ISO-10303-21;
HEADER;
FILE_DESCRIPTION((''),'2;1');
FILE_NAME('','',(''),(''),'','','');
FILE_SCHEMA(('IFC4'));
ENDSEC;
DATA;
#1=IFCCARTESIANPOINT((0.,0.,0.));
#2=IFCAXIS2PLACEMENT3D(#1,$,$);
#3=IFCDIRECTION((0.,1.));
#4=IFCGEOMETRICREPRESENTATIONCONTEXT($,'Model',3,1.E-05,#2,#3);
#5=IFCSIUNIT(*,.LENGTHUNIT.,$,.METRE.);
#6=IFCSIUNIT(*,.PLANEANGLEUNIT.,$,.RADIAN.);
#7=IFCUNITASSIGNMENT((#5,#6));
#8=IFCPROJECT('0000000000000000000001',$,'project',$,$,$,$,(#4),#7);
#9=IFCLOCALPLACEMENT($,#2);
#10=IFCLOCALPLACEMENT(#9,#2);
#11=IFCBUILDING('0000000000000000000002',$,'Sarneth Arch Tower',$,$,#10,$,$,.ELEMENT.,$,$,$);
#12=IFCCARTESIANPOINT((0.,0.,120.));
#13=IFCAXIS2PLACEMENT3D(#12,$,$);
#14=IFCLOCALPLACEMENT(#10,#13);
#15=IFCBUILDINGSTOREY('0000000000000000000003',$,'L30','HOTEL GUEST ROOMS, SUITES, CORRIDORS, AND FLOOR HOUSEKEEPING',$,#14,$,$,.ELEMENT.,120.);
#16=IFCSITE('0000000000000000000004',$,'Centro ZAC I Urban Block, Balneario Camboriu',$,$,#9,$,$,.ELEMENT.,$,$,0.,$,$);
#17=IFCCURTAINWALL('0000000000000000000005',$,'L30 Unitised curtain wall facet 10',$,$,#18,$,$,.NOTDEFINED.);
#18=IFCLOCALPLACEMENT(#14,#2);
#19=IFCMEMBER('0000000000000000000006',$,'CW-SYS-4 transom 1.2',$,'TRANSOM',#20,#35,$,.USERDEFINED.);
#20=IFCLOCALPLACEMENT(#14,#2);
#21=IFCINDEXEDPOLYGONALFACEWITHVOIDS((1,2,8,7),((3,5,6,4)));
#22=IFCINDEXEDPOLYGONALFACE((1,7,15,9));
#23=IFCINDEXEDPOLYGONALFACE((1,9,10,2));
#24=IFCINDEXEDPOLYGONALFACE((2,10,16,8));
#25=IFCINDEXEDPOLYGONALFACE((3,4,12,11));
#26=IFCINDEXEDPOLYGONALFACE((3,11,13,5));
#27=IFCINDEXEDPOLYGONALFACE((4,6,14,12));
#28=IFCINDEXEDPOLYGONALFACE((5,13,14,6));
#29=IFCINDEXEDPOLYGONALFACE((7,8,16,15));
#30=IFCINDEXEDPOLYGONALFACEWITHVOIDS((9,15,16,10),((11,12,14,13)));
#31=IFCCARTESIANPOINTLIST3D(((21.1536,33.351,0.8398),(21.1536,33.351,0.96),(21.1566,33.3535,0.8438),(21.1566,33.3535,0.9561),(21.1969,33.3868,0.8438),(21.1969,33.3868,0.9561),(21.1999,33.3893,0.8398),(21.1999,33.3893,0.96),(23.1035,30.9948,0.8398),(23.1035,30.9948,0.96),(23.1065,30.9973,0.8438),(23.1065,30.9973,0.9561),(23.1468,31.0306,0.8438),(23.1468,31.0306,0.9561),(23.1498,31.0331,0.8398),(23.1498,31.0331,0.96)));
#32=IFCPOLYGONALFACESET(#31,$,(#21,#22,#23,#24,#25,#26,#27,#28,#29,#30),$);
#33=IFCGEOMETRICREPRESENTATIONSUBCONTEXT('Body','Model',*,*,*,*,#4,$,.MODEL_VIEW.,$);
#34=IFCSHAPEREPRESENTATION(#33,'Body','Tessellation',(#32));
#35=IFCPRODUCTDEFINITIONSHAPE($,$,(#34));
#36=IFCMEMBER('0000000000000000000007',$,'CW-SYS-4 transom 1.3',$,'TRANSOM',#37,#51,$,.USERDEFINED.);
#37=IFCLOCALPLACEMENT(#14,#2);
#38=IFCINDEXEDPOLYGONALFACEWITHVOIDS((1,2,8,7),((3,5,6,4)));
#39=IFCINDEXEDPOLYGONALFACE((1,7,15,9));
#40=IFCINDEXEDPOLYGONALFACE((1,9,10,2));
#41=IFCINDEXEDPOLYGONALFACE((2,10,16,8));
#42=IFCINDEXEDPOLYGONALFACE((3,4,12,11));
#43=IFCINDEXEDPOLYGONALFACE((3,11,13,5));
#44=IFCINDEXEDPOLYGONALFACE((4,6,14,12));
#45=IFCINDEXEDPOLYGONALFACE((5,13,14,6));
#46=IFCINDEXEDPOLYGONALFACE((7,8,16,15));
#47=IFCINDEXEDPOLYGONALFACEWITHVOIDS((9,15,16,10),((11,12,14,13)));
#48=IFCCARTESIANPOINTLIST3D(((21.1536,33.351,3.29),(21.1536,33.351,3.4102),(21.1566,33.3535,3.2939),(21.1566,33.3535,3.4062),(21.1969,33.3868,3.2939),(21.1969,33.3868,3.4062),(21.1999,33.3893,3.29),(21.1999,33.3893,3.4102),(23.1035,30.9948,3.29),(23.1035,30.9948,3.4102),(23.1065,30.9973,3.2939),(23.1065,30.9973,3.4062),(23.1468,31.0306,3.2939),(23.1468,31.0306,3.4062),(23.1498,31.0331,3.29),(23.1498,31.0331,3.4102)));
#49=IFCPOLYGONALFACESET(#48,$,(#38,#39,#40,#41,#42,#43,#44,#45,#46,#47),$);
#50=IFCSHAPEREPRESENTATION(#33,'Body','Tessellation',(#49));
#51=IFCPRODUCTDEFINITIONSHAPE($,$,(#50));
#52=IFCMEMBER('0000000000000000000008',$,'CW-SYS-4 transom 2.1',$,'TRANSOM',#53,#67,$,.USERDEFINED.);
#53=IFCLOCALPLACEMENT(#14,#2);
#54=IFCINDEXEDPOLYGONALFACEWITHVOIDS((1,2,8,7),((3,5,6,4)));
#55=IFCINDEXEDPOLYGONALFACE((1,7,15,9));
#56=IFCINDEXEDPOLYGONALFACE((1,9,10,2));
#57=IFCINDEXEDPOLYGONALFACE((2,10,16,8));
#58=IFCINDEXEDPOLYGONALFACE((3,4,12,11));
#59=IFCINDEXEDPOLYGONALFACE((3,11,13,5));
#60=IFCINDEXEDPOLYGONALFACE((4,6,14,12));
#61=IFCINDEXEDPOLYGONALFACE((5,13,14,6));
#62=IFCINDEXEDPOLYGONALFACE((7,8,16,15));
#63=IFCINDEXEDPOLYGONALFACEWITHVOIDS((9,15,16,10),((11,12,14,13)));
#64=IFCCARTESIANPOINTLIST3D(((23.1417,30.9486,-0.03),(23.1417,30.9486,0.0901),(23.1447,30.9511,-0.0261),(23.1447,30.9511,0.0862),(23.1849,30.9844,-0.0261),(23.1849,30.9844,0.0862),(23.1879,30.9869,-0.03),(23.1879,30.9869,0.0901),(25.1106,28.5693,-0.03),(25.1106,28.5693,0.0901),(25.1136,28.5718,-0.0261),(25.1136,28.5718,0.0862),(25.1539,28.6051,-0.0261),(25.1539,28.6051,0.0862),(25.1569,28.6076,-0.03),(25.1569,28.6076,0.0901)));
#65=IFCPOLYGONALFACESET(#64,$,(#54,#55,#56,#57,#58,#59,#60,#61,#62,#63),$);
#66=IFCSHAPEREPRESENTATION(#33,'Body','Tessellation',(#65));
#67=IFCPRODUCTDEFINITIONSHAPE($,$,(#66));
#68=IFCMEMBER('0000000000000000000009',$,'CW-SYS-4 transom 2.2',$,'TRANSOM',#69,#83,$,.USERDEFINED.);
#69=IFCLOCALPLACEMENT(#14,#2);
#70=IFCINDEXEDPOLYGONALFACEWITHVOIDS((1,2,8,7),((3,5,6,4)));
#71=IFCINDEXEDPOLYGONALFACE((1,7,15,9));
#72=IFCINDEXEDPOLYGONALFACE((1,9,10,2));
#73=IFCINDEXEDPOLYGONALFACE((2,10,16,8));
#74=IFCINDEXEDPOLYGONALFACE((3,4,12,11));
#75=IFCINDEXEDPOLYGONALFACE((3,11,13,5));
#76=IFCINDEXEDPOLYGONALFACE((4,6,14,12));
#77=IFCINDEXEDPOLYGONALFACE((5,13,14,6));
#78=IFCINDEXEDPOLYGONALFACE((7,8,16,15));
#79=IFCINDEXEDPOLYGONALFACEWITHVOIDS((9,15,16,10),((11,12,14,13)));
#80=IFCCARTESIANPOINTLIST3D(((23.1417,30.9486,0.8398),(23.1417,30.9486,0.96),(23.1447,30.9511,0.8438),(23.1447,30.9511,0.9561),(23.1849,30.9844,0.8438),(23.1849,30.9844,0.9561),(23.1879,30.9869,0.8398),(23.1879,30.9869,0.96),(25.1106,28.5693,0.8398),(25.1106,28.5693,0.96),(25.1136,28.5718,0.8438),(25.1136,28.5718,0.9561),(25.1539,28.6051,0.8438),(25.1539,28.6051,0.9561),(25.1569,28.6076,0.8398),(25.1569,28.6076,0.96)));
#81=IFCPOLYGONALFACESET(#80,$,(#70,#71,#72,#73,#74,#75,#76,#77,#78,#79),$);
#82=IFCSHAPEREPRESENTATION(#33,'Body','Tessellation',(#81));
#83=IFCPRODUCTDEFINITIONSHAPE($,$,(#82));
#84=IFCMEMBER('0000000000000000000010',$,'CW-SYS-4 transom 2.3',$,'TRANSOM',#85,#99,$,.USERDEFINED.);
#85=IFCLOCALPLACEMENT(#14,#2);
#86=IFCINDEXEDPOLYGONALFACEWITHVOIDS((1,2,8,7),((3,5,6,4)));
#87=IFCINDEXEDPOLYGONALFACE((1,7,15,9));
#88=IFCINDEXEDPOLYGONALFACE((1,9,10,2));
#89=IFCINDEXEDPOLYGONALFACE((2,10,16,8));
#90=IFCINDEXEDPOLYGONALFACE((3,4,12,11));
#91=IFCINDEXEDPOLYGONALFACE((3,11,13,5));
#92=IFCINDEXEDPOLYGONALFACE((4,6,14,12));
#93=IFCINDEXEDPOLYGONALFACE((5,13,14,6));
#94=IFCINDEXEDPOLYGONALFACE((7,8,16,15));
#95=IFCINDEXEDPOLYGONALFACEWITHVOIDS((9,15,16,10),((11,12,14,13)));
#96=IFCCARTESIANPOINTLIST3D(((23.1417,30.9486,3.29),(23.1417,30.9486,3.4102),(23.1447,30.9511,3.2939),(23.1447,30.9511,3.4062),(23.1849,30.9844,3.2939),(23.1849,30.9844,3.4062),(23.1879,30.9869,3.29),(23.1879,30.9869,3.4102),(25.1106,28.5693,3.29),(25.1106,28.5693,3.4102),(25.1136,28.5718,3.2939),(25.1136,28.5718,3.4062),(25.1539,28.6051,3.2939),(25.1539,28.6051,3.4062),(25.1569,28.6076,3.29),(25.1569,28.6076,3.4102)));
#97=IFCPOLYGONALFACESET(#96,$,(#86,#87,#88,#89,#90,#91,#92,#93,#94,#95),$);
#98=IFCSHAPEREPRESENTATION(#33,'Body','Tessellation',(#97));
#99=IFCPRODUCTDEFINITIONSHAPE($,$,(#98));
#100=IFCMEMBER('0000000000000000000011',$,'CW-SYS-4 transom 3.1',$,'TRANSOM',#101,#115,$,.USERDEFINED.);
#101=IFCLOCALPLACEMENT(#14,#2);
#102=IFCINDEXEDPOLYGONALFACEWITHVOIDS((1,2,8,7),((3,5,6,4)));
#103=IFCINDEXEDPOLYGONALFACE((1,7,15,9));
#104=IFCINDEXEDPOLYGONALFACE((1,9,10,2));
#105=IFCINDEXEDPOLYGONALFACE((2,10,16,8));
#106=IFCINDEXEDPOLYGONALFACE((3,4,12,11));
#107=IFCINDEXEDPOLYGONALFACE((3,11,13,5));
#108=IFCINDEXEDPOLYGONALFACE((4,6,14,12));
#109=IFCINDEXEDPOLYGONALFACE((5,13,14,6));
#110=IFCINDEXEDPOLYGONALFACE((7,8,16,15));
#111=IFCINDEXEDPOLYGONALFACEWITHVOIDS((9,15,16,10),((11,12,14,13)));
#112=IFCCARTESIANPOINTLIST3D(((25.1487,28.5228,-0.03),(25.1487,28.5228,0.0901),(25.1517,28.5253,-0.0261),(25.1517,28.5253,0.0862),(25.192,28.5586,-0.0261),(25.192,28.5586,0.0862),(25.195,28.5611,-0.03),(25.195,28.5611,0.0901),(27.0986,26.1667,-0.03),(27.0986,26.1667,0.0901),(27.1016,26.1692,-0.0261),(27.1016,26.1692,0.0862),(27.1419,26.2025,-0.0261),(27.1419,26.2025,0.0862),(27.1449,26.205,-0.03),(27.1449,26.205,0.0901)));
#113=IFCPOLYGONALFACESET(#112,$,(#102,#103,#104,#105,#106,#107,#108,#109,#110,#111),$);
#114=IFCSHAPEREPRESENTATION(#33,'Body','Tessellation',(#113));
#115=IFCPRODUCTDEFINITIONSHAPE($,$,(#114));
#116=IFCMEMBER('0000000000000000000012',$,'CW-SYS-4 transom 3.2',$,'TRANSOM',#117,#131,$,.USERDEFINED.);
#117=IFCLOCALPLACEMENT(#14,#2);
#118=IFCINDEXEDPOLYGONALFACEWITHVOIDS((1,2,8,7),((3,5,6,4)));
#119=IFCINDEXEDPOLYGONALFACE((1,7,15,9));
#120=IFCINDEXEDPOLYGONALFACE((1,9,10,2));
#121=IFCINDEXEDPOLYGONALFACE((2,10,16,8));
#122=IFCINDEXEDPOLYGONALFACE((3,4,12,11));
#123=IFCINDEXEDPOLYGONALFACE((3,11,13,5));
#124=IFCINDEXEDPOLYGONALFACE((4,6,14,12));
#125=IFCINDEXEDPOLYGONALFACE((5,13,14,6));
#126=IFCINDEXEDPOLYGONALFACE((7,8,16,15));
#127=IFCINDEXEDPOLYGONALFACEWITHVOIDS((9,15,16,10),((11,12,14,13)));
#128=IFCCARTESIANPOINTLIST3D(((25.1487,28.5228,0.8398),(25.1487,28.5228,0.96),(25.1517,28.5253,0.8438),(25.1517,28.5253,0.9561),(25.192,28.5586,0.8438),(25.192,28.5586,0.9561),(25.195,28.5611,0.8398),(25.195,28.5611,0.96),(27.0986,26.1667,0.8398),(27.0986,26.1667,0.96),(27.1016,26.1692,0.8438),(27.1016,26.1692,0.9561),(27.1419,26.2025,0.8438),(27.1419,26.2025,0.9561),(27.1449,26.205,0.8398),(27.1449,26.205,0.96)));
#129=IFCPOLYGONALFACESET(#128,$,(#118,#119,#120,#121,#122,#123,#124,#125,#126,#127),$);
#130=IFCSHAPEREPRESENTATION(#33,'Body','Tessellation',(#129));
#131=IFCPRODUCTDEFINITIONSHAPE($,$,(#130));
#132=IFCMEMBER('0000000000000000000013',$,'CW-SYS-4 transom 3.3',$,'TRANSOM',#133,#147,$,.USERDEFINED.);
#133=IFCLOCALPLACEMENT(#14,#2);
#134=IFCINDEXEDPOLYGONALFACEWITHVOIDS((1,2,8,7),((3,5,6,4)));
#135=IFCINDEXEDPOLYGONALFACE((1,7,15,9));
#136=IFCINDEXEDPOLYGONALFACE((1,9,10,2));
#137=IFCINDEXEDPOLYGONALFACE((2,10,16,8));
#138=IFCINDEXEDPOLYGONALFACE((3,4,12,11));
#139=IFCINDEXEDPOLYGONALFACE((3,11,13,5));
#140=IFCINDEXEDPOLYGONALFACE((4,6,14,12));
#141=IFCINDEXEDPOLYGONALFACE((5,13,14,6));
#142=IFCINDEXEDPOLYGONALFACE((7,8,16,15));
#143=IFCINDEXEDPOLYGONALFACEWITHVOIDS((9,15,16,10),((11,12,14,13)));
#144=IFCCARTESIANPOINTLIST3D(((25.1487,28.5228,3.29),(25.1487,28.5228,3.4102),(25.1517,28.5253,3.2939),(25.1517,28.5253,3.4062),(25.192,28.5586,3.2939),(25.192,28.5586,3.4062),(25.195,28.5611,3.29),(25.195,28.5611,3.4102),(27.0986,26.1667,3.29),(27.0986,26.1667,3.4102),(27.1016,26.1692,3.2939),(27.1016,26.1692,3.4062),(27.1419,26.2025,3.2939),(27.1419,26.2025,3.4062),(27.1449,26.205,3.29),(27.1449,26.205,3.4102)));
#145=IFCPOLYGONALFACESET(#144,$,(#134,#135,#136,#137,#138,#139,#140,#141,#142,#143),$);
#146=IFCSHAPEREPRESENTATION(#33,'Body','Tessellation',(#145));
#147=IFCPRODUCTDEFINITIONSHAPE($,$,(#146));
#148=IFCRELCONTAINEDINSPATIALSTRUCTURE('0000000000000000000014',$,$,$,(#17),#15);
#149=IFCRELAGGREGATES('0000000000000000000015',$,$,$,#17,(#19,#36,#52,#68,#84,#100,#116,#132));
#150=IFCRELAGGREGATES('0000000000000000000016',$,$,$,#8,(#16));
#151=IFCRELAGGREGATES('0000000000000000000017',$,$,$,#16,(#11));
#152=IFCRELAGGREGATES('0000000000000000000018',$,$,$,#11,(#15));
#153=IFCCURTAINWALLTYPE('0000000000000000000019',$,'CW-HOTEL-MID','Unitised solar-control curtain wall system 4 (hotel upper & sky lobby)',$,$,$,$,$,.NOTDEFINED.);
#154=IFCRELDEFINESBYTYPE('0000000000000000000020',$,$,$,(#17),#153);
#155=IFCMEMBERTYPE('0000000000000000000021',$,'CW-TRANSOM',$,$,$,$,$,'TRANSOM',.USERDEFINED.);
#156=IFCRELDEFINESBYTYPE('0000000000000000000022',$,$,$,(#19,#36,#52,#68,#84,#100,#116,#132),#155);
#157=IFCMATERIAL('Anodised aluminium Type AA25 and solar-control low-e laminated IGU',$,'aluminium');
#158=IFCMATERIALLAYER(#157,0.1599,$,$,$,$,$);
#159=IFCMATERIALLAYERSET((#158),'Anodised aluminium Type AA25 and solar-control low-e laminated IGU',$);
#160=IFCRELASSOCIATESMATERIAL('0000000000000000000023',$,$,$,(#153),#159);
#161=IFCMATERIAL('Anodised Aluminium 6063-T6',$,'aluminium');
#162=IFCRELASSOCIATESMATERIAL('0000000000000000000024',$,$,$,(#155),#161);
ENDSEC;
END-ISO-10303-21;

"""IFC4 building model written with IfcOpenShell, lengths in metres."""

from ifc_helpers import new_model, si_unit, direction, frame, origin, origin_2d, place, context, subcontext, project, spatial, hollow_rectangle, extrude, material, layer, layer_set, material_profile, profile_set, type_object, element, aggregate, save


model = new_model("IFC4")

# Units and contexts
model_context = context("Model", 3, precision=1e-05, world=origin(), true_north=direction((0.0, 1.0)))
body_context = subcontext(model_context, "Body", "Model", "MODEL_VIEW")
ifc_project = project(units=[si_unit("LENGTHUNIT", "METRE"), si_unit("PLANEANGLEUNIT", "RADIAN")], contexts=[model_context])

# Site, building, storey
site_placement = place(None, origin())
site = spatial("IfcSite", under=ifc_project, at=site_placement, Name="Centro ZAC I Urban Block, Balneario Camboriu", CompositionType="ELEMENT", RefElevation=0.0)
building_placement = place(site_placement, origin())
building = spatial("IfcBuilding", under=site, at=building_placement, Name="Sarneth Arch Tower", CompositionType="ELEMENT")
storey_placement = place(building_placement, frame((0.0, 0.0, 120.0)))
storey = spatial("IfcBuildingStorey", under=building, at=storey_placement, Name="L30", Description="HOTEL GUEST ROOMS, SUITES, CORRIDORS, AND FLOOR HOUSEKEEPING", CompositionType="ELEMENT", Elevation=120.0)

# Curtain wall, members
ifc_material_1 = material(Name="Anodised aluminium Type AA25 and solar-control low-e laminated IGU", Category="aluminium")
ifc_layer_1 = layer(ifc_material_1, 0.1599)
ifc_layer_set_1 = layer_set([ifc_layer_1], Name="Anodised aluminium Type AA25 and solar-control low-e laminated IGU")
curtain_wall_type = type_object("IfcCurtainWallType", Name="CW-HOTEL-MID", Description="Unitised solar-control curtain wall system 4 (hotel upper & sky lobby)", PredefinedType="NOTDEFINED", material=ifc_layer_set_1)
curtain_wall_placement = place(storey_placement, origin())
curtain_wall = element("IfcCurtainWall", 1, at=curtain_wall_placement, inside=storey, type_object=curtain_wall_type, Name="L30 Unitised curtain wall facet 10", PredefinedType="NOTDEFINED")
ifc_material_2 = material(Name="Anodised Aluminium 6063-T6", Category="aluminium")
ifc_material_profile_1 = material_profile(ifc_material_2, hollow_rectangle(XDim=0.0601, YDim=0.1201, WallThickness=0.0039, at=origin_2d()), Name="AL-TRAN-120x60x4")
ifc_profile_set_1 = profile_set([ifc_material_profile_1], Name="Anodised Aluminium 6063-T6")
member_type_1 = type_object("IfcMemberType", Name="CW-TRANSOM", ElementType="TRANSOM", PredefinedType="USERDEFINED", material=ifc_profile_set_1)
member_1_placement = place(storey_placement, frame((21.1768, 33.3701, 0.8999), z_axis=(0.637566, -0.770396, 0.0), x_axis=(0.770396, 0.637566, 0.0)))
member_1 = element("IfcMember", 2, at=member_1_placement, type_object=member_type_1, Name="CW-SYS-4 transom 1.2", ObjectType="TRANSOM", PredefinedType="USERDEFINED", context=body_context, shape_type="SweptSolid", body=[
    extrude(hollow_rectangle(XDim=0.0601, YDim=0.1201, WallThickness=0.0039, at=origin_2d()), origin(), (0.0, 0.0, 1.0), 3.0583),
])
member_2_placement = place(storey_placement, frame((21.1768, 33.3701, 3.3501), z_axis=(0.637566, -0.770396, 0.0), x_axis=(0.770396, 0.637566, 0.0)))
member_2 = element("IfcMember", 3, at=member_2_placement, type_object=member_type_1, Name="CW-SYS-4 transom 1.3", ObjectType="TRANSOM", PredefinedType="USERDEFINED", context=body_context, shape_type="SweptSolid", body=[
    extrude(hollow_rectangle(XDim=0.0601, YDim=0.1201, WallThickness=0.0039, at=origin_2d()), origin(), (0.0, 0.0, 1.0), 3.0583),
])
member_3_placement = place(storey_placement, frame((23.1648, 30.9678, 0.03), z_axis=(0.637537, -0.77042, 0.0), x_axis=(0.77042, 0.637537, 0.0)))
member_3 = element("IfcMember", 4, at=member_3_placement, type_object=member_type_1, Name="CW-SYS-4 transom 2.1", ObjectType="TRANSOM", PredefinedType="USERDEFINED", context=body_context, shape_type="SweptSolid", body=[
    extrude(hollow_rectangle(XDim=0.0601, YDim=0.1201, WallThickness=0.0039, at=origin_2d()), origin(), (0.0, 0.0, 1.0), 3.0884),
])
member_4_placement = place(storey_placement, frame((23.1648, 30.9678, 0.8999), z_axis=(0.637537, -0.77042, 0.0), x_axis=(0.77042, 0.637537, 0.0)))
member_4 = element("IfcMember", 5, at=member_4_placement, type_object=member_type_1, Name="CW-SYS-4 transom 2.2", ObjectType="TRANSOM", PredefinedType="USERDEFINED", context=body_context, shape_type="SweptSolid", body=[
    extrude(hollow_rectangle(XDim=0.0601, YDim=0.1201, WallThickness=0.0039, at=origin_2d()), origin(), (0.0, 0.0, 1.0), 3.0884),
])
member_5_placement = place(storey_placement, frame((23.1648, 30.9678, 3.3501), z_axis=(0.637537, -0.77042, 0.0), x_axis=(0.77042, 0.637537, 0.0)))
member_5 = element("IfcMember", 6, at=member_5_placement, type_object=member_type_1, Name="CW-SYS-4 transom 2.3", ObjectType="TRANSOM", PredefinedType="USERDEFINED", context=body_context, shape_type="SweptSolid", body=[
    extrude(hollow_rectangle(XDim=0.0601, YDim=0.1201, WallThickness=0.0039, at=origin_2d()), origin(), (0.0, 0.0, 1.0), 3.0884),
])
member_6_placement = place(storey_placement, frame((25.1719, 28.542, 0.03), z_axis=(0.637566, -0.770396, 0.0), x_axis=(0.770396, 0.637566, 0.0)))
member_6 = element("IfcMember", 7, at=member_6_placement, type_object=member_type_1, Name="CW-SYS-4 transom 3.1", ObjectType="TRANSOM", PredefinedType="USERDEFINED", context=body_context, shape_type="SweptSolid", body=[
    extrude(hollow_rectangle(XDim=0.0601, YDim=0.1201, WallThickness=0.0039, at=origin_2d()), origin(), (0.0, 0.0, 1.0), 3.0583),
])
member_7_placement = place(storey_placement, frame((25.1719, 28.542, 0.8999), z_axis=(0.637566, -0.770396, 0.0), x_axis=(0.770396, 0.637566, 0.0)))
member_7 = element("IfcMember", 8, at=member_7_placement, type_object=member_type_1, Name="CW-SYS-4 transom 3.2", ObjectType="TRANSOM", PredefinedType="USERDEFINED", context=body_context, shape_type="SweptSolid", body=[
    extrude(hollow_rectangle(XDim=0.0601, YDim=0.1201, WallThickness=0.0039, at=origin_2d()), origin(), (0.0, 0.0, 1.0), 3.0583),
])
member_8_placement = place(storey_placement, frame((25.1719, 28.542, 3.3501), z_axis=(0.637566, -0.770396, 0.0), x_axis=(0.770396, 0.637566, 0.0)))
member_8 = element("IfcMember", 9, at=member_8_placement, type_object=member_type_1, Name="CW-SYS-4 transom 3.3", ObjectType="TRANSOM", PredefinedType="USERDEFINED", context=body_context, shape_type="SweptSolid", body=[
    extrude(hollow_rectangle(XDim=0.0601, YDim=0.1201, WallThickness=0.0039, at=origin_2d()), origin(), (0.0, 0.0, 1.0), 3.0583),
])

aggregate(curtain_wall, [member_1, member_2, member_3, member_4, member_5, member_6, member_7, member_8])

save(model, "model.ifc")
